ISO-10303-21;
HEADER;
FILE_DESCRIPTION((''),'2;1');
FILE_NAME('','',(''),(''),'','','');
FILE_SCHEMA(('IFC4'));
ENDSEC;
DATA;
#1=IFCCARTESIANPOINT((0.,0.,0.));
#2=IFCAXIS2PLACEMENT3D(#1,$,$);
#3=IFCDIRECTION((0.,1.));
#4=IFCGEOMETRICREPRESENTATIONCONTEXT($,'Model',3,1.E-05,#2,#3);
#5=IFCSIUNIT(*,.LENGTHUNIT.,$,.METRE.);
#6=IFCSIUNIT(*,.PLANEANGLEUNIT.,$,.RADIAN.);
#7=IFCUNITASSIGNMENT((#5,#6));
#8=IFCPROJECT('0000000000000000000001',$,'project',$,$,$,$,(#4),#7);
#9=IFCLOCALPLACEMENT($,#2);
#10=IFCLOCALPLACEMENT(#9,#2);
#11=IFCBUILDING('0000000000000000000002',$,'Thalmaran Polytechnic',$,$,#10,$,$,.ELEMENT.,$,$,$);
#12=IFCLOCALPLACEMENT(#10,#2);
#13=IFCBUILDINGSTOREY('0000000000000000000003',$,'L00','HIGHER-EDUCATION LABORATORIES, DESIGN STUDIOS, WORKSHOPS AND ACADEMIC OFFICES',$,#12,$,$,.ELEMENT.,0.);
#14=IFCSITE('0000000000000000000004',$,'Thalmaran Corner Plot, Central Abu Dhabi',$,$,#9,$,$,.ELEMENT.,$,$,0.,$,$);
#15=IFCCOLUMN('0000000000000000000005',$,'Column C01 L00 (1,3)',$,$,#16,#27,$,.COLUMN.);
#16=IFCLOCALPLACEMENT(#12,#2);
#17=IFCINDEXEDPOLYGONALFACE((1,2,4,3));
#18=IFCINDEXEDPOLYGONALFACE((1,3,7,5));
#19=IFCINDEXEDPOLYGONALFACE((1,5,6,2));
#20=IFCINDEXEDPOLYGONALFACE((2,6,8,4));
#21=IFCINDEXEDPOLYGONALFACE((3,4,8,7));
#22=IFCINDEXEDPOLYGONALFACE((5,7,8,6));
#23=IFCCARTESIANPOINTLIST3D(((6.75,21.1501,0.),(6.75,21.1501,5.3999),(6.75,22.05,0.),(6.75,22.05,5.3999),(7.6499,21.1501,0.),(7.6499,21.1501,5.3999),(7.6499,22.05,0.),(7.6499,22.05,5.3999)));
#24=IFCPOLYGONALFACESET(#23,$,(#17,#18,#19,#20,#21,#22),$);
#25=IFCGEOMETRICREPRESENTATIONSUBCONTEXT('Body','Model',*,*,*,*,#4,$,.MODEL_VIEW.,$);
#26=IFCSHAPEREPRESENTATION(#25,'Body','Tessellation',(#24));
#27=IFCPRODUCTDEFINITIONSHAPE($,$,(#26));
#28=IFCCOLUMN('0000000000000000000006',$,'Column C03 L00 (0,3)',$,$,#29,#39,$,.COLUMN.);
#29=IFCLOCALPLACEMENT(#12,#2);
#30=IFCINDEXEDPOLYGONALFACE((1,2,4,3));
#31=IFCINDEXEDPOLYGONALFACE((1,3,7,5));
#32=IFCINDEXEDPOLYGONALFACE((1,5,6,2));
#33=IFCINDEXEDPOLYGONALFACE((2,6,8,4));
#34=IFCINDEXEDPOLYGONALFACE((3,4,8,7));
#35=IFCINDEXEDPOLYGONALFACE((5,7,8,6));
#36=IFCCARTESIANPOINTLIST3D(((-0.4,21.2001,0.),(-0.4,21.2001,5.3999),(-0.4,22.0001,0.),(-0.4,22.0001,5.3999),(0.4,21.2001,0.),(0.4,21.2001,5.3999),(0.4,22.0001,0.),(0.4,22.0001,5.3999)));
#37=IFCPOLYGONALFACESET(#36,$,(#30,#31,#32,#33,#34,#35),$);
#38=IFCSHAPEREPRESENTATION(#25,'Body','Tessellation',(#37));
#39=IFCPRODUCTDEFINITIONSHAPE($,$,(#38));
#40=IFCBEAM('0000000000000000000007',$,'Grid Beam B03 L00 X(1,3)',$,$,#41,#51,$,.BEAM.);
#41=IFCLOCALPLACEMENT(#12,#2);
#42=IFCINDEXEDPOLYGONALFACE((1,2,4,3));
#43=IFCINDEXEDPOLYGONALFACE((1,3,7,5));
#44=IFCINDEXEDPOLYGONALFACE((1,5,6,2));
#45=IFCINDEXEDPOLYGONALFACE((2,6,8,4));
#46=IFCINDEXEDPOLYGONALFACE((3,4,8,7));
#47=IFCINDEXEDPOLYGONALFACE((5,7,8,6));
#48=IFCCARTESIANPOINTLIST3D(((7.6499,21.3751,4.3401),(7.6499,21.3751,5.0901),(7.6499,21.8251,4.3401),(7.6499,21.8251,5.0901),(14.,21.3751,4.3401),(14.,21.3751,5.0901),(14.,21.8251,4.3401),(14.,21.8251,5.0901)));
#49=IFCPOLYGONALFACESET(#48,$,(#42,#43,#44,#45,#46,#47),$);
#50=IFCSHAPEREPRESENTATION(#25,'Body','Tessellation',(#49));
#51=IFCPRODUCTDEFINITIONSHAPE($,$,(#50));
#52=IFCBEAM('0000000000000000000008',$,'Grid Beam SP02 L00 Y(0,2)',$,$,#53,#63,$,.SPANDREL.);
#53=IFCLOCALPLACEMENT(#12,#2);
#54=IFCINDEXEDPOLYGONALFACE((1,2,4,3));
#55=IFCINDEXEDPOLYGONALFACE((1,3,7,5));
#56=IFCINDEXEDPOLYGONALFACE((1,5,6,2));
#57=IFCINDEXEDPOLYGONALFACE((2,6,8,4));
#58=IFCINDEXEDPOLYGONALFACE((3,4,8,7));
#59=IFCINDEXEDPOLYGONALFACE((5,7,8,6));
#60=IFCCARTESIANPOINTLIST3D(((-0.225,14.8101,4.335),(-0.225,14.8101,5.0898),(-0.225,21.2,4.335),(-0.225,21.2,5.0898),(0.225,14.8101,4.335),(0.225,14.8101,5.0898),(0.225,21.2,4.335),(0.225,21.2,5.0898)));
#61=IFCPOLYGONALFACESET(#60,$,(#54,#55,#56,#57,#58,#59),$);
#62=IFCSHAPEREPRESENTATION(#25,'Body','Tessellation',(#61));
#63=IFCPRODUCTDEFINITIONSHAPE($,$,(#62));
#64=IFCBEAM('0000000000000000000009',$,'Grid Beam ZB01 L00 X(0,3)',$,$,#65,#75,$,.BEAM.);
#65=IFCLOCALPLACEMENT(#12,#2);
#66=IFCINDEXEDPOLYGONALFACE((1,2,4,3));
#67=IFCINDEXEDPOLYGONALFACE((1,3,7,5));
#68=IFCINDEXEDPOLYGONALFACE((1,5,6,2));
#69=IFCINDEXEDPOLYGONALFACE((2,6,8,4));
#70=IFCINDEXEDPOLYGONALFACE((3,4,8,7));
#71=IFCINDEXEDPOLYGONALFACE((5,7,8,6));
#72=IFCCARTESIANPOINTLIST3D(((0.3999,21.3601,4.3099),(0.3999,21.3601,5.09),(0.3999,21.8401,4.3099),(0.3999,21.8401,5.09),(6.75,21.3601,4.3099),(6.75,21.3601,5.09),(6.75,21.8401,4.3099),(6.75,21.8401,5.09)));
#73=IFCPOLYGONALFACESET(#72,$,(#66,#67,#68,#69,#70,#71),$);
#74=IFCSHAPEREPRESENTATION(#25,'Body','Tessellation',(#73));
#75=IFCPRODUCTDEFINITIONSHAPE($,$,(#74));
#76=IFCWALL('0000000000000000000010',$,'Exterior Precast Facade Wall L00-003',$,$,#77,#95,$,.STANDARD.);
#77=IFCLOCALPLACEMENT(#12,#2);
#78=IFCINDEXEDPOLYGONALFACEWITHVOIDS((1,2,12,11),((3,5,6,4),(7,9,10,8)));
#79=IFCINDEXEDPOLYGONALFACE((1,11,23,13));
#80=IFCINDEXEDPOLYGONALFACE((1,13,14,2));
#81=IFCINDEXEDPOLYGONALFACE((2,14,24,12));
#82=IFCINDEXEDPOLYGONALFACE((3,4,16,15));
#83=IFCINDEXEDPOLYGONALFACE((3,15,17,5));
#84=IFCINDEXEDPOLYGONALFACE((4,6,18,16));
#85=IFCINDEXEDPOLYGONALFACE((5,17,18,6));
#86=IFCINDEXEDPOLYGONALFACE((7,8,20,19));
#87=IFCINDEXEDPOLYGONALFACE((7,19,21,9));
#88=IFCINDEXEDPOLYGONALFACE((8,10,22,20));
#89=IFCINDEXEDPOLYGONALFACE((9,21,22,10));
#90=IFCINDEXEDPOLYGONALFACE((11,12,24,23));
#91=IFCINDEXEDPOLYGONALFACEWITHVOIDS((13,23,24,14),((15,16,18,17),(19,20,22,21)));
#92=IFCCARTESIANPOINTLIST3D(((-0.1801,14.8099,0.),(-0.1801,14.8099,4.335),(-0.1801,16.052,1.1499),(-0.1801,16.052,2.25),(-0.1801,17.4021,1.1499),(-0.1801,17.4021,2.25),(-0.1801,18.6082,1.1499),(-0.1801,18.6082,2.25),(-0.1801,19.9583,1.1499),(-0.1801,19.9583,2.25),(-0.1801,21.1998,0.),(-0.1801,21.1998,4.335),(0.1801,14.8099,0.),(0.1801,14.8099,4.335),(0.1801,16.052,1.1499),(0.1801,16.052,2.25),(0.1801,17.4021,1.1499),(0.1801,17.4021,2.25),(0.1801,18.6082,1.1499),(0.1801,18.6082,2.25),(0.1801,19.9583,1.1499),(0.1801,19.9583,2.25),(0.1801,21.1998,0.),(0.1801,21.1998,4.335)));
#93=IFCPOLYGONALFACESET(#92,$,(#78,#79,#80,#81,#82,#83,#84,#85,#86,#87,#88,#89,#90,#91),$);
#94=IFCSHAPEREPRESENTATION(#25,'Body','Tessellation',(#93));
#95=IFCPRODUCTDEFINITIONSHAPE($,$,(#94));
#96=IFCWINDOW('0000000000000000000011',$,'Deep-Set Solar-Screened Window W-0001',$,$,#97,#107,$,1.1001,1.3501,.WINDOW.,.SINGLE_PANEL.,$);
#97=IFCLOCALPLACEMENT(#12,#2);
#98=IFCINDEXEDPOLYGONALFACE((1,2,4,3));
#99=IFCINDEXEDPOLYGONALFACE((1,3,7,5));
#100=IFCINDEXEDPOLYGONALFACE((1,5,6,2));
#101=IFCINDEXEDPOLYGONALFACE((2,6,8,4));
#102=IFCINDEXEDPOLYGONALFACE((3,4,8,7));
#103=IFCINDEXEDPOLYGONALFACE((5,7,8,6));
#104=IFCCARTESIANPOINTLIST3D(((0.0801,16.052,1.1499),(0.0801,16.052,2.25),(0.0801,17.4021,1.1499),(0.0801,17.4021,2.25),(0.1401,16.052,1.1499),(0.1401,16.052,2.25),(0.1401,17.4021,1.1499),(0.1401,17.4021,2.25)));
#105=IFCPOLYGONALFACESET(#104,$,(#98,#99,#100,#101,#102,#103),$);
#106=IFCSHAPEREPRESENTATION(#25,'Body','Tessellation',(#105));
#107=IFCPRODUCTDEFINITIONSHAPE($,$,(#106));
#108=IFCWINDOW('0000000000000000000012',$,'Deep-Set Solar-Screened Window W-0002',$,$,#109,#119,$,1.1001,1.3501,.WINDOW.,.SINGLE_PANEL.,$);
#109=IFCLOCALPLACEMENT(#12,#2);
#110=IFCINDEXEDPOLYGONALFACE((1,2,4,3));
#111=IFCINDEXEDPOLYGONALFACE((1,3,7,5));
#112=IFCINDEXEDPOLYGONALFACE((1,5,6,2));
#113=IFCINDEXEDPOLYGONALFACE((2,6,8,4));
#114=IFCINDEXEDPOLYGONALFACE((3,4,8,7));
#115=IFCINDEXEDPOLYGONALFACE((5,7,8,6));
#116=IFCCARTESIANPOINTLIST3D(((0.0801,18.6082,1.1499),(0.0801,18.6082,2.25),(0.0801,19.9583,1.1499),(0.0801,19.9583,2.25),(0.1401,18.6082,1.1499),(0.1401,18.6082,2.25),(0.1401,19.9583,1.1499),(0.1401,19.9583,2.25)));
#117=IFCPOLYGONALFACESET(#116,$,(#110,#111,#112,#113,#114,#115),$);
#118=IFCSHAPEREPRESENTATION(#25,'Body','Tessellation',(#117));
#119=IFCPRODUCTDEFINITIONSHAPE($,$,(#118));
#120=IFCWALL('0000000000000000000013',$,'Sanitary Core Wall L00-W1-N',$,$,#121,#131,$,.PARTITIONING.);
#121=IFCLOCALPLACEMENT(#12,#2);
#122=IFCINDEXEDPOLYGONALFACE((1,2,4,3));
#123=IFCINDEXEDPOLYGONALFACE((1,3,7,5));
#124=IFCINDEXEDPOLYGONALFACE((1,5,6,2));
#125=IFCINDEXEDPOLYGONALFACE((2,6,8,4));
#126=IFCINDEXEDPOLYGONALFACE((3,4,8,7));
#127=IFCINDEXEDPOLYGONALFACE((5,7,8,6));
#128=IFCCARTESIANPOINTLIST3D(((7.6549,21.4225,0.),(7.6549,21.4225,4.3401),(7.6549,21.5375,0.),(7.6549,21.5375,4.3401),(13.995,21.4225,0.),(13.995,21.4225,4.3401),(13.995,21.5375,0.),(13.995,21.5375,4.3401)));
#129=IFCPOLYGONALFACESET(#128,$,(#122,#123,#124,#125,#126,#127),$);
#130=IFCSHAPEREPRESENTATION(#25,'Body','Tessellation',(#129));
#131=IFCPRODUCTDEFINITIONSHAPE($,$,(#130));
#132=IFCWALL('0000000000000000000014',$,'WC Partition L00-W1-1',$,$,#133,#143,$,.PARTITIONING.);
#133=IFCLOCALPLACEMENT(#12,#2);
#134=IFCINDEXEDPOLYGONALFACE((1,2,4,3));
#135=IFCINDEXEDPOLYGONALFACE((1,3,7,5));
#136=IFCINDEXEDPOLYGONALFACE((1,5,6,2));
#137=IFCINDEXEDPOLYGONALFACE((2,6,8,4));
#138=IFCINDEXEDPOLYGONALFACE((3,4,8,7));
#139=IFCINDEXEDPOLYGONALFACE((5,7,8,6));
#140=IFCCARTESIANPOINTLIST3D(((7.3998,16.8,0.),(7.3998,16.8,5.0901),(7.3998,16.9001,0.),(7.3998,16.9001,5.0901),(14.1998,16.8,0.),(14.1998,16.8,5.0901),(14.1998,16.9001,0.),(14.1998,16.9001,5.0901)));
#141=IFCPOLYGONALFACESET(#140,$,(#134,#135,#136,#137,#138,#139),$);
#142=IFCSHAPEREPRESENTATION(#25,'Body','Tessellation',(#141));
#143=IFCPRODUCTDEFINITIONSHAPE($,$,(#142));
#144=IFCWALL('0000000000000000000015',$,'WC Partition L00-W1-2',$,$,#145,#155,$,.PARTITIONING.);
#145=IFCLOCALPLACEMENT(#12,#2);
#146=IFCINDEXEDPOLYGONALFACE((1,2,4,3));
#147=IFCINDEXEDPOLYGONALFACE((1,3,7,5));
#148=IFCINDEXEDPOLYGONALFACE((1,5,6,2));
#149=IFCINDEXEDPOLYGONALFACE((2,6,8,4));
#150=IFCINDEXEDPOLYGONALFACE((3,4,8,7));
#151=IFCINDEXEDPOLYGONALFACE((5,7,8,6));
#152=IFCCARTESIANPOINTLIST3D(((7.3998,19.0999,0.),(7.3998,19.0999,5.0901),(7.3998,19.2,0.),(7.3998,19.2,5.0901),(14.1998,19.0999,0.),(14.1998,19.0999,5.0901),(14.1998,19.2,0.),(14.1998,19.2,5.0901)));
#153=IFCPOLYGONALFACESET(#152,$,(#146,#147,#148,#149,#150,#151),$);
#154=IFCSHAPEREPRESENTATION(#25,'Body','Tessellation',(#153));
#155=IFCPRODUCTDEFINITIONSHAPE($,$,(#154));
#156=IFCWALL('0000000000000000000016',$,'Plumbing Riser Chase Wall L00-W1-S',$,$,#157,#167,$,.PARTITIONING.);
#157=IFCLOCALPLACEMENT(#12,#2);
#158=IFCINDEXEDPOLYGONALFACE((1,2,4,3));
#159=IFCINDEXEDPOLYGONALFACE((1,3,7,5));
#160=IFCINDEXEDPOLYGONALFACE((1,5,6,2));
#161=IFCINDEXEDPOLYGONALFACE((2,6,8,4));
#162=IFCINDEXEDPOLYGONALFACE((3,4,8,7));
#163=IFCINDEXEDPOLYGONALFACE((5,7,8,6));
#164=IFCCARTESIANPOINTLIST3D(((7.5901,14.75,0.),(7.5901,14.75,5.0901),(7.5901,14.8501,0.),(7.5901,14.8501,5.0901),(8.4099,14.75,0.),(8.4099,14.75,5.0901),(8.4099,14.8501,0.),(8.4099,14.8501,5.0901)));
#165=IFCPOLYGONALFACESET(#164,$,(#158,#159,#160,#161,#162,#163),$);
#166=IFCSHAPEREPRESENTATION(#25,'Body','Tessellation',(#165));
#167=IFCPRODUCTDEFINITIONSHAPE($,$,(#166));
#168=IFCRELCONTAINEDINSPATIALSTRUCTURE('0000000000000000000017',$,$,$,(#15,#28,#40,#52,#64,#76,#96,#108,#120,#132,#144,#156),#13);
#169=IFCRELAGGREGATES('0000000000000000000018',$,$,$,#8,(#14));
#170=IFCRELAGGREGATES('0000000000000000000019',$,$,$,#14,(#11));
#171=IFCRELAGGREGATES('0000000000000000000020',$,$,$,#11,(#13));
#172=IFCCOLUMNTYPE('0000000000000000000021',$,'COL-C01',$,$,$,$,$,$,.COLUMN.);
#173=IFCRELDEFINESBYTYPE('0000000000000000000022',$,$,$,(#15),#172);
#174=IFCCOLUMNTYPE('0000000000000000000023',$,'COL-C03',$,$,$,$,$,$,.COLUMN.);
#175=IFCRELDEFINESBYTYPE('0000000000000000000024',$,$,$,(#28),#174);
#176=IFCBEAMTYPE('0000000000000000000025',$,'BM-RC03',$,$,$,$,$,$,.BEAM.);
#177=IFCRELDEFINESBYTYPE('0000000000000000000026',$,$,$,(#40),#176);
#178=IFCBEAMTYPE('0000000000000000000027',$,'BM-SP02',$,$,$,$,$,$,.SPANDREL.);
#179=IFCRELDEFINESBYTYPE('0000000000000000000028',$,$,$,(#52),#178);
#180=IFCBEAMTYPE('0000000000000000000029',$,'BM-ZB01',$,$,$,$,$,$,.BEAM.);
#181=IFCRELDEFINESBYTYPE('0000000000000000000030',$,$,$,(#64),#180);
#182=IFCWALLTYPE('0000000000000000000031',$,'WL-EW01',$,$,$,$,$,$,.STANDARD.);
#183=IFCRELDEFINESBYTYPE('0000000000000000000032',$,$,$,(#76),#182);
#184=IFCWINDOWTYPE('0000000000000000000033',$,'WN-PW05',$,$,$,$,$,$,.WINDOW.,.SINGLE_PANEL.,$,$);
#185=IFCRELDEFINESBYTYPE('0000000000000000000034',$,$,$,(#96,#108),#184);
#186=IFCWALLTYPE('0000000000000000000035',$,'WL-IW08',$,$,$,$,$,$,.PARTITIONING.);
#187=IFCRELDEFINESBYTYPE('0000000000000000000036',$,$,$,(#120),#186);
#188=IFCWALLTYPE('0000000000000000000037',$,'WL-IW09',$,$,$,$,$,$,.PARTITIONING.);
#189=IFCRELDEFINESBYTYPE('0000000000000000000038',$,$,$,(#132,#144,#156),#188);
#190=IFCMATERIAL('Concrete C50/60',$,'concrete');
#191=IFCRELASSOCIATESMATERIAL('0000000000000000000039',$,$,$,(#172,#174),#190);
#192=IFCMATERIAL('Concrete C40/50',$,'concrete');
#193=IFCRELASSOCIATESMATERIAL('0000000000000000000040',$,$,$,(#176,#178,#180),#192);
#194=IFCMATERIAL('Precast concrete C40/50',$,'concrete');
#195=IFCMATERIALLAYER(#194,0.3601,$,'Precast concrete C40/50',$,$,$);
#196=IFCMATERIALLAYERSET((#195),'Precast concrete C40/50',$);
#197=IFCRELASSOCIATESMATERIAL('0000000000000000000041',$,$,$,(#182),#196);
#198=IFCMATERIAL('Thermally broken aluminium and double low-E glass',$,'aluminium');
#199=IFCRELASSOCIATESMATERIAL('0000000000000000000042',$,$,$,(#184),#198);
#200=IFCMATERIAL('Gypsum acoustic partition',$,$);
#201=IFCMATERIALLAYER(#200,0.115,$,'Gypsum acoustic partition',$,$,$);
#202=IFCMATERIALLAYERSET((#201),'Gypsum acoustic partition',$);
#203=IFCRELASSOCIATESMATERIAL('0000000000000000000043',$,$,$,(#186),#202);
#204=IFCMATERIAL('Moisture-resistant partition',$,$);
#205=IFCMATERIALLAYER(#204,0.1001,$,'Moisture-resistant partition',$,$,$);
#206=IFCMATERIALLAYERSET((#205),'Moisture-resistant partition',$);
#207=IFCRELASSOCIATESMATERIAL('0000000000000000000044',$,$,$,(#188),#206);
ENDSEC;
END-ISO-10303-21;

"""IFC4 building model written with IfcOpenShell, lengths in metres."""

from ifc_helpers import new_model, si_unit, direction, frame, frame_2d, origin, origin_2d, place, context, subcontext, project, spatial, rectangle, extrude, material, layer, layer_set, material_profile, profile_set, type_object, element, fill, save


model = new_model("IFC4")

# Units and contexts
model_context = context("Model", 3, precision=1e-05, world=origin(), true_north=direction((0.0, 1.0)))
body_context = subcontext(model_context, "Body", "Model", "MODEL_VIEW")
ifc_project = project(units=[si_unit("LENGTHUNIT", "METRE"), si_unit("PLANEANGLEUNIT", "RADIAN")], contexts=[model_context])

# Site, building, storey
site_placement = place(None, origin())
site = spatial("IfcSite", under=ifc_project, at=site_placement, Name="Thalmaran Corner Plot, Central Abu Dhabi", CompositionType="ELEMENT", RefElevation=0.0)
building_placement = place(site_placement, origin())
building = spatial("IfcBuilding", under=site, at=building_placement, Name="Thalmaran Polytechnic", CompositionType="ELEMENT")
storey_placement = place(building_placement, origin())
storey = spatial("IfcBuildingStorey", under=building, at=storey_placement, Name="L00", Description="HIGHER-EDUCATION LABORATORIES, DESIGN STUDIOS, WORKSHOPS AND ACADEMIC OFFICES", CompositionType="ELEMENT", Elevation=0.0)

# Columns
ifc_material_1 = material(Name="Concrete C50/60", Category="concrete")
ifc_material_profile_1 = material_profile(ifc_material_1, rectangle(XDim=0.8999, YDim=0.8999, at=origin_2d()), Name="RC 900x900")
ifc_profile_set_1 = profile_set([ifc_material_profile_1], Name="Concrete C50/60")
column_type_1 = type_object("IfcColumnType", Name="COL-C01", PredefinedType="COLUMN", material=ifc_profile_set_1)
column_1_placement = place(storey_placement, frame((7.2, 21.6001, 0.0), z_axis=(0.0, 0.0, 1.0), x_axis=(1.0, 0.0, 0.0)))
element("IfcColumn", 1, at=column_1_placement, inside=storey, type_object=column_type_1, Name="Column C01 L00 (1,3)", PredefinedType="COLUMN", context=body_context, shape_type="SweptSolid", body=[
    extrude(rectangle(XDim=0.8999, YDim=0.8999, at=origin_2d()), origin(), (0.0, 0.0, 1.0), 5.3999),
])
ifc_material_profile_2 = material_profile(ifc_material_1, rectangle(XDim=0.8, YDim=0.8, at=origin_2d()), Name="RC 800x800")
ifc_profile_set_2 = profile_set([ifc_material_profile_2], Name="Concrete C50/60")
column_type_2 = type_object("IfcColumnType", Name="COL-C03", PredefinedType="COLUMN", material=ifc_profile_set_2)
column_2_placement = place(storey_placement, frame((0.0, 21.6001, 0.0), z_axis=(0.0, 0.0, 1.0), x_axis=(1.0, 0.0, 0.0)))
element("IfcColumn", 2, at=column_2_placement, inside=storey, type_object=column_type_2, Name="Column C03 L00 (0,3)", PredefinedType="COLUMN", context=body_context, shape_type="SweptSolid", body=[
    extrude(rectangle(XDim=0.8, YDim=0.8, at=origin_2d()), origin(), (0.0, 0.0, 1.0), 5.3999),
])

# Beams
ifc_material_2 = material(Name="Concrete C40/50", Category="concrete")
ifc_material_profile_3 = material_profile(ifc_material_2, rectangle(XDim=0.45, YDim=0.75, at=origin_2d()), Name="RC 450x750")
ifc_profile_set_3 = profile_set([ifc_material_profile_3], Name="Concrete C40/50")
beam_type_1 = type_object("IfcBeamType", Name="BM-RC03", PredefinedType="BEAM", material=ifc_profile_set_3)
beam_1_placement = place(storey_placement, frame((7.6499, 21.6001, 4.7151), z_axis=(1.0, 0.0, 0.0), x_axis=(0.0, 1.0, 0.0)))
element("IfcBeam", 3, at=beam_1_placement, inside=storey, type_object=beam_type_1, Name="Grid Beam B03 L00 X(1,3)", PredefinedType="BEAM", context=body_context, shape_type="SweptSolid", body=[
    extrude(rectangle(XDim=0.45, YDim=0.75, at=origin_2d()), origin(), (0.0, 0.0, 1.0), 6.3501),
])
ifc_material_profile_4 = material_profile(ifc_material_2, rectangle(XDim=0.45, YDim=0.7549, at=origin_2d()), Name="RC 450x755")
ifc_profile_set_4 = profile_set([ifc_material_profile_4], Name="Concrete C40/50")
beam_type_2 = type_object("IfcBeamType", Name="BM-SP02", PredefinedType="SPANDREL", material=ifc_profile_set_4)
beam_2_placement = place(storey_placement, frame((0.0, 14.8101, 4.7124), z_axis=(0.0, 1.0, 0.0), x_axis=(-1.0, 0.0, 0.0)))
element("IfcBeam", 4, at=beam_2_placement, inside=storey, type_object=beam_type_2, Name="Grid Beam SP02 L00 Y(0,2)", PredefinedType="SPANDREL", context=body_context, shape_type="SweptSolid", body=[
    extrude(rectangle(XDim=0.45, YDim=0.7549, at=origin_2d()), origin(), (0.0, 0.0, 1.0), 6.3899),
])
ifc_material_profile_5 = material_profile(ifc_material_2, rectangle(XDim=0.48, YDim=0.78, at=origin_2d()), Name="RC 480x780")
ifc_profile_set_5 = profile_set([ifc_material_profile_5], Name="Concrete C40/50")
beam_type_3 = type_object("IfcBeamType", Name="BM-ZB01", PredefinedType="BEAM", material=ifc_profile_set_5)
beam_3_placement = place(storey_placement, frame((0.3999, 21.6001, 4.7), z_axis=(1.0, 0.0, 0.0), x_axis=(0.0, 1.0, 0.0)))
element("IfcBeam", 5, at=beam_3_placement, inside=storey, type_object=beam_type_3, Name="Grid Beam ZB01 L00 X(0,3)", PredefinedType="BEAM", context=body_context, shape_type="SweptSolid", body=[
    extrude(rectangle(XDim=0.48, YDim=0.78, at=origin_2d()), origin(), (0.0, 0.0, 1.0), 6.3501),
])

# Wall, openings, windows
ifc_material_3 = material(Name="Precast concrete C40/50", Category="concrete")
ifc_layer_1 = layer(ifc_material_3, 0.3601, Name="Precast concrete C40/50")
ifc_layer_set_1 = layer_set([ifc_layer_1], Name="Precast concrete C40/50")
wall_type_1 = type_object("IfcWallType", Name="WL-EW01", PredefinedType="STANDARD", material=ifc_layer_set_1)
wall_1_placement = place(storey_placement, frame((0.0, 14.8101, 0.0), z_axis=(0.0, 0.0, 1.0), x_axis=(0.0, 1.0, 0.0)))
wall_1 = element("IfcWall", 6, at=wall_1_placement, inside=storey, type_object=wall_type_1, Name="Exterior Precast Facade Wall L00-003", PredefinedType="STANDARD", context=body_context, shape_type="SweptSolid", body=[
    extrude(rectangle(XDim=6.3899, YDim=0.3601, at=frame_2d((3.1948, 0.0))), origin(), (0.0, 0.0, 1.0), 4.335),
])
opening_1_placement = place(wall_1_placement, frame((1.2419, 0.0, 1.1499)))
opening_1 = element("IfcOpeningElement", 7, at=opening_1_placement, cuts=wall_1, PredefinedType="OPENING", context=body_context, shape_type="SweptSolid", body=[
    extrude(rectangle(XDim=1.3501, YDim=1.1001, at=frame_2d((0.675, 0.55))), frame((0.0, 0.1899, 0.0), z_axis=(0.0, -1.0, 0.0), x_axis=(1.0, 0.0, 0.0)), (0.0, 0.0, 1.0), 0.3801),
])
opening_2_placement = place(wall_1_placement, frame((3.7981, 0.0, 1.1499)))
opening_2 = element("IfcOpeningElement", 8, at=opening_2_placement, cuts=wall_1, PredefinedType="OPENING", context=body_context, shape_type="SweptSolid", body=[
    extrude(rectangle(XDim=1.3501, YDim=1.1001, at=frame_2d((0.675, 0.55))), frame((0.0, 0.1899, 0.0), z_axis=(0.0, -1.0, 0.0), x_axis=(1.0, 0.0, 0.0)), (0.0, 0.0, 1.0), 0.3801),
])
ifc_material_4 = material(Name="Thermally broken aluminium and double low-E glass", Category="aluminium")
window_type = type_object("IfcWindowType", Name="WN-PW05", PartitioningType="SINGLE_PANEL", PredefinedType="WINDOW", material=ifc_material_4)
window_1_placement = place(opening_1_placement, origin())
window_1 = element("IfcWindow", 9, at=window_1_placement, inside=storey, type_object=window_type, Name="Deep-Set Solar-Screened Window W-0001", OverallHeight=1.1001, OverallWidth=1.3501, PartitioningType="SINGLE_PANEL", PredefinedType="WINDOW", context=body_context, shape_type="SweptSolid", body=[
    extrude(rectangle(XDim=1.3501, YDim=1.1001, at=frame_2d((0.675, 0.55))), frame((0.0, -0.0801, 0.0), z_axis=(0.0, -1.0, 0.0), x_axis=(1.0, 0.0, 0.0)), (0.0, 0.0, 1.0), 0.0601),
])
fill(opening_1, window_1)
window_2_placement = place(opening_2_placement, origin())
window_2 = element("IfcWindow", 10, at=window_2_placement, inside=storey, type_object=window_type, Name="Deep-Set Solar-Screened Window W-0002", OverallHeight=1.1001, OverallWidth=1.3501, PartitioningType="SINGLE_PANEL", PredefinedType="WINDOW", context=body_context, shape_type="SweptSolid", body=[
    extrude(rectangle(XDim=1.3501, YDim=1.1001, at=frame_2d((0.675, 0.55))), frame((0.0, -0.0801, 0.0), z_axis=(0.0, -1.0, 0.0), x_axis=(1.0, 0.0, 0.0)), (0.0, 0.0, 1.0), 0.0601),
])
fill(opening_2, window_2)

# Walls
ifc_material_5 = material(Name="Gypsum acoustic partition")
ifc_layer_2 = layer(ifc_material_5, 0.115, Name="Gypsum acoustic partition")
ifc_layer_set_2 = layer_set([ifc_layer_2], Name="Gypsum acoustic partition")
wall_type_2 = type_object("IfcWallType", Name="WL-IW08", PredefinedType="PARTITIONING", material=ifc_layer_set_2)
wall_2_placement = place(storey_placement, frame((7.655, 21.48, 0.0), z_axis=(0.0, 0.0, 1.0), x_axis=(1.0, 0.0, 0.0)))
element("IfcWall", 11, at=wall_2_placement, inside=storey, type_object=wall_type_2, Name="Sanitary Core Wall L00-W1-N", PredefinedType="PARTITIONING", context=body_context, shape_type="SweptSolid", body=[
    extrude(rectangle(XDim=6.3401, YDim=0.115, at=frame_2d((3.1699, 0.0))), origin(), (0.0, 0.0, 1.0), 4.3401),
])
ifc_material_6 = material(Name="Moisture-resistant partition")
ifc_layer_3 = layer(ifc_material_6, 0.1001, Name="Moisture-resistant partition")
ifc_layer_set_3 = layer_set([ifc_layer_3], Name="Moisture-resistant partition")
wall_type_3 = type_object("IfcWallType", Name="WL-IW09", PredefinedType="PARTITIONING", material=ifc_layer_set_3)
for number, where, z_axis, x_axis, name in (
    (12, (7.3999, 16.8501, 0.0), (0.0, 0.0, 1.0), (1.0, 0.0, 0.0), "WC Partition L00-W1-1"),
    (13, (7.3999, 19.1499, 0.0), (0.0, 0.0, 1.0), (1.0, 0.0, 0.0), "WC Partition L00-W1-2"),
):
    element("IfcWall", number, at=place(storey_placement, frame(where, z_axis=z_axis, x_axis=x_axis)), inside=storey, type_object=wall_type_3, Name=name, PredefinedType="PARTITIONING", context=body_context, shape_type="SweptSolid", body=[
        extrude(rectangle(XDim=6.8, YDim=0.1001, at=frame_2d((3.3999, 0.0))), origin(), (0.0, 0.0, 1.0), 5.0901),
    ])
wall_3_placement = place(storey_placement, frame((7.5901, 14.8, 0.0), z_axis=(0.0, 0.0, 1.0), x_axis=(1.0, 0.0, 0.0)))
element("IfcWall", 14, at=wall_3_placement, inside=storey, type_object=wall_type_3, Name="Plumbing Riser Chase Wall L00-W1-S", PredefinedType="PARTITIONING", context=body_context, shape_type="SweptSolid", body=[
    extrude(rectangle(XDim=0.8198, YDim=0.1001, at=frame_2d((0.4099, 0.0))), origin(), (0.0, 0.0, 1.0), 5.0901),
])

save(model, "model.ifc")
